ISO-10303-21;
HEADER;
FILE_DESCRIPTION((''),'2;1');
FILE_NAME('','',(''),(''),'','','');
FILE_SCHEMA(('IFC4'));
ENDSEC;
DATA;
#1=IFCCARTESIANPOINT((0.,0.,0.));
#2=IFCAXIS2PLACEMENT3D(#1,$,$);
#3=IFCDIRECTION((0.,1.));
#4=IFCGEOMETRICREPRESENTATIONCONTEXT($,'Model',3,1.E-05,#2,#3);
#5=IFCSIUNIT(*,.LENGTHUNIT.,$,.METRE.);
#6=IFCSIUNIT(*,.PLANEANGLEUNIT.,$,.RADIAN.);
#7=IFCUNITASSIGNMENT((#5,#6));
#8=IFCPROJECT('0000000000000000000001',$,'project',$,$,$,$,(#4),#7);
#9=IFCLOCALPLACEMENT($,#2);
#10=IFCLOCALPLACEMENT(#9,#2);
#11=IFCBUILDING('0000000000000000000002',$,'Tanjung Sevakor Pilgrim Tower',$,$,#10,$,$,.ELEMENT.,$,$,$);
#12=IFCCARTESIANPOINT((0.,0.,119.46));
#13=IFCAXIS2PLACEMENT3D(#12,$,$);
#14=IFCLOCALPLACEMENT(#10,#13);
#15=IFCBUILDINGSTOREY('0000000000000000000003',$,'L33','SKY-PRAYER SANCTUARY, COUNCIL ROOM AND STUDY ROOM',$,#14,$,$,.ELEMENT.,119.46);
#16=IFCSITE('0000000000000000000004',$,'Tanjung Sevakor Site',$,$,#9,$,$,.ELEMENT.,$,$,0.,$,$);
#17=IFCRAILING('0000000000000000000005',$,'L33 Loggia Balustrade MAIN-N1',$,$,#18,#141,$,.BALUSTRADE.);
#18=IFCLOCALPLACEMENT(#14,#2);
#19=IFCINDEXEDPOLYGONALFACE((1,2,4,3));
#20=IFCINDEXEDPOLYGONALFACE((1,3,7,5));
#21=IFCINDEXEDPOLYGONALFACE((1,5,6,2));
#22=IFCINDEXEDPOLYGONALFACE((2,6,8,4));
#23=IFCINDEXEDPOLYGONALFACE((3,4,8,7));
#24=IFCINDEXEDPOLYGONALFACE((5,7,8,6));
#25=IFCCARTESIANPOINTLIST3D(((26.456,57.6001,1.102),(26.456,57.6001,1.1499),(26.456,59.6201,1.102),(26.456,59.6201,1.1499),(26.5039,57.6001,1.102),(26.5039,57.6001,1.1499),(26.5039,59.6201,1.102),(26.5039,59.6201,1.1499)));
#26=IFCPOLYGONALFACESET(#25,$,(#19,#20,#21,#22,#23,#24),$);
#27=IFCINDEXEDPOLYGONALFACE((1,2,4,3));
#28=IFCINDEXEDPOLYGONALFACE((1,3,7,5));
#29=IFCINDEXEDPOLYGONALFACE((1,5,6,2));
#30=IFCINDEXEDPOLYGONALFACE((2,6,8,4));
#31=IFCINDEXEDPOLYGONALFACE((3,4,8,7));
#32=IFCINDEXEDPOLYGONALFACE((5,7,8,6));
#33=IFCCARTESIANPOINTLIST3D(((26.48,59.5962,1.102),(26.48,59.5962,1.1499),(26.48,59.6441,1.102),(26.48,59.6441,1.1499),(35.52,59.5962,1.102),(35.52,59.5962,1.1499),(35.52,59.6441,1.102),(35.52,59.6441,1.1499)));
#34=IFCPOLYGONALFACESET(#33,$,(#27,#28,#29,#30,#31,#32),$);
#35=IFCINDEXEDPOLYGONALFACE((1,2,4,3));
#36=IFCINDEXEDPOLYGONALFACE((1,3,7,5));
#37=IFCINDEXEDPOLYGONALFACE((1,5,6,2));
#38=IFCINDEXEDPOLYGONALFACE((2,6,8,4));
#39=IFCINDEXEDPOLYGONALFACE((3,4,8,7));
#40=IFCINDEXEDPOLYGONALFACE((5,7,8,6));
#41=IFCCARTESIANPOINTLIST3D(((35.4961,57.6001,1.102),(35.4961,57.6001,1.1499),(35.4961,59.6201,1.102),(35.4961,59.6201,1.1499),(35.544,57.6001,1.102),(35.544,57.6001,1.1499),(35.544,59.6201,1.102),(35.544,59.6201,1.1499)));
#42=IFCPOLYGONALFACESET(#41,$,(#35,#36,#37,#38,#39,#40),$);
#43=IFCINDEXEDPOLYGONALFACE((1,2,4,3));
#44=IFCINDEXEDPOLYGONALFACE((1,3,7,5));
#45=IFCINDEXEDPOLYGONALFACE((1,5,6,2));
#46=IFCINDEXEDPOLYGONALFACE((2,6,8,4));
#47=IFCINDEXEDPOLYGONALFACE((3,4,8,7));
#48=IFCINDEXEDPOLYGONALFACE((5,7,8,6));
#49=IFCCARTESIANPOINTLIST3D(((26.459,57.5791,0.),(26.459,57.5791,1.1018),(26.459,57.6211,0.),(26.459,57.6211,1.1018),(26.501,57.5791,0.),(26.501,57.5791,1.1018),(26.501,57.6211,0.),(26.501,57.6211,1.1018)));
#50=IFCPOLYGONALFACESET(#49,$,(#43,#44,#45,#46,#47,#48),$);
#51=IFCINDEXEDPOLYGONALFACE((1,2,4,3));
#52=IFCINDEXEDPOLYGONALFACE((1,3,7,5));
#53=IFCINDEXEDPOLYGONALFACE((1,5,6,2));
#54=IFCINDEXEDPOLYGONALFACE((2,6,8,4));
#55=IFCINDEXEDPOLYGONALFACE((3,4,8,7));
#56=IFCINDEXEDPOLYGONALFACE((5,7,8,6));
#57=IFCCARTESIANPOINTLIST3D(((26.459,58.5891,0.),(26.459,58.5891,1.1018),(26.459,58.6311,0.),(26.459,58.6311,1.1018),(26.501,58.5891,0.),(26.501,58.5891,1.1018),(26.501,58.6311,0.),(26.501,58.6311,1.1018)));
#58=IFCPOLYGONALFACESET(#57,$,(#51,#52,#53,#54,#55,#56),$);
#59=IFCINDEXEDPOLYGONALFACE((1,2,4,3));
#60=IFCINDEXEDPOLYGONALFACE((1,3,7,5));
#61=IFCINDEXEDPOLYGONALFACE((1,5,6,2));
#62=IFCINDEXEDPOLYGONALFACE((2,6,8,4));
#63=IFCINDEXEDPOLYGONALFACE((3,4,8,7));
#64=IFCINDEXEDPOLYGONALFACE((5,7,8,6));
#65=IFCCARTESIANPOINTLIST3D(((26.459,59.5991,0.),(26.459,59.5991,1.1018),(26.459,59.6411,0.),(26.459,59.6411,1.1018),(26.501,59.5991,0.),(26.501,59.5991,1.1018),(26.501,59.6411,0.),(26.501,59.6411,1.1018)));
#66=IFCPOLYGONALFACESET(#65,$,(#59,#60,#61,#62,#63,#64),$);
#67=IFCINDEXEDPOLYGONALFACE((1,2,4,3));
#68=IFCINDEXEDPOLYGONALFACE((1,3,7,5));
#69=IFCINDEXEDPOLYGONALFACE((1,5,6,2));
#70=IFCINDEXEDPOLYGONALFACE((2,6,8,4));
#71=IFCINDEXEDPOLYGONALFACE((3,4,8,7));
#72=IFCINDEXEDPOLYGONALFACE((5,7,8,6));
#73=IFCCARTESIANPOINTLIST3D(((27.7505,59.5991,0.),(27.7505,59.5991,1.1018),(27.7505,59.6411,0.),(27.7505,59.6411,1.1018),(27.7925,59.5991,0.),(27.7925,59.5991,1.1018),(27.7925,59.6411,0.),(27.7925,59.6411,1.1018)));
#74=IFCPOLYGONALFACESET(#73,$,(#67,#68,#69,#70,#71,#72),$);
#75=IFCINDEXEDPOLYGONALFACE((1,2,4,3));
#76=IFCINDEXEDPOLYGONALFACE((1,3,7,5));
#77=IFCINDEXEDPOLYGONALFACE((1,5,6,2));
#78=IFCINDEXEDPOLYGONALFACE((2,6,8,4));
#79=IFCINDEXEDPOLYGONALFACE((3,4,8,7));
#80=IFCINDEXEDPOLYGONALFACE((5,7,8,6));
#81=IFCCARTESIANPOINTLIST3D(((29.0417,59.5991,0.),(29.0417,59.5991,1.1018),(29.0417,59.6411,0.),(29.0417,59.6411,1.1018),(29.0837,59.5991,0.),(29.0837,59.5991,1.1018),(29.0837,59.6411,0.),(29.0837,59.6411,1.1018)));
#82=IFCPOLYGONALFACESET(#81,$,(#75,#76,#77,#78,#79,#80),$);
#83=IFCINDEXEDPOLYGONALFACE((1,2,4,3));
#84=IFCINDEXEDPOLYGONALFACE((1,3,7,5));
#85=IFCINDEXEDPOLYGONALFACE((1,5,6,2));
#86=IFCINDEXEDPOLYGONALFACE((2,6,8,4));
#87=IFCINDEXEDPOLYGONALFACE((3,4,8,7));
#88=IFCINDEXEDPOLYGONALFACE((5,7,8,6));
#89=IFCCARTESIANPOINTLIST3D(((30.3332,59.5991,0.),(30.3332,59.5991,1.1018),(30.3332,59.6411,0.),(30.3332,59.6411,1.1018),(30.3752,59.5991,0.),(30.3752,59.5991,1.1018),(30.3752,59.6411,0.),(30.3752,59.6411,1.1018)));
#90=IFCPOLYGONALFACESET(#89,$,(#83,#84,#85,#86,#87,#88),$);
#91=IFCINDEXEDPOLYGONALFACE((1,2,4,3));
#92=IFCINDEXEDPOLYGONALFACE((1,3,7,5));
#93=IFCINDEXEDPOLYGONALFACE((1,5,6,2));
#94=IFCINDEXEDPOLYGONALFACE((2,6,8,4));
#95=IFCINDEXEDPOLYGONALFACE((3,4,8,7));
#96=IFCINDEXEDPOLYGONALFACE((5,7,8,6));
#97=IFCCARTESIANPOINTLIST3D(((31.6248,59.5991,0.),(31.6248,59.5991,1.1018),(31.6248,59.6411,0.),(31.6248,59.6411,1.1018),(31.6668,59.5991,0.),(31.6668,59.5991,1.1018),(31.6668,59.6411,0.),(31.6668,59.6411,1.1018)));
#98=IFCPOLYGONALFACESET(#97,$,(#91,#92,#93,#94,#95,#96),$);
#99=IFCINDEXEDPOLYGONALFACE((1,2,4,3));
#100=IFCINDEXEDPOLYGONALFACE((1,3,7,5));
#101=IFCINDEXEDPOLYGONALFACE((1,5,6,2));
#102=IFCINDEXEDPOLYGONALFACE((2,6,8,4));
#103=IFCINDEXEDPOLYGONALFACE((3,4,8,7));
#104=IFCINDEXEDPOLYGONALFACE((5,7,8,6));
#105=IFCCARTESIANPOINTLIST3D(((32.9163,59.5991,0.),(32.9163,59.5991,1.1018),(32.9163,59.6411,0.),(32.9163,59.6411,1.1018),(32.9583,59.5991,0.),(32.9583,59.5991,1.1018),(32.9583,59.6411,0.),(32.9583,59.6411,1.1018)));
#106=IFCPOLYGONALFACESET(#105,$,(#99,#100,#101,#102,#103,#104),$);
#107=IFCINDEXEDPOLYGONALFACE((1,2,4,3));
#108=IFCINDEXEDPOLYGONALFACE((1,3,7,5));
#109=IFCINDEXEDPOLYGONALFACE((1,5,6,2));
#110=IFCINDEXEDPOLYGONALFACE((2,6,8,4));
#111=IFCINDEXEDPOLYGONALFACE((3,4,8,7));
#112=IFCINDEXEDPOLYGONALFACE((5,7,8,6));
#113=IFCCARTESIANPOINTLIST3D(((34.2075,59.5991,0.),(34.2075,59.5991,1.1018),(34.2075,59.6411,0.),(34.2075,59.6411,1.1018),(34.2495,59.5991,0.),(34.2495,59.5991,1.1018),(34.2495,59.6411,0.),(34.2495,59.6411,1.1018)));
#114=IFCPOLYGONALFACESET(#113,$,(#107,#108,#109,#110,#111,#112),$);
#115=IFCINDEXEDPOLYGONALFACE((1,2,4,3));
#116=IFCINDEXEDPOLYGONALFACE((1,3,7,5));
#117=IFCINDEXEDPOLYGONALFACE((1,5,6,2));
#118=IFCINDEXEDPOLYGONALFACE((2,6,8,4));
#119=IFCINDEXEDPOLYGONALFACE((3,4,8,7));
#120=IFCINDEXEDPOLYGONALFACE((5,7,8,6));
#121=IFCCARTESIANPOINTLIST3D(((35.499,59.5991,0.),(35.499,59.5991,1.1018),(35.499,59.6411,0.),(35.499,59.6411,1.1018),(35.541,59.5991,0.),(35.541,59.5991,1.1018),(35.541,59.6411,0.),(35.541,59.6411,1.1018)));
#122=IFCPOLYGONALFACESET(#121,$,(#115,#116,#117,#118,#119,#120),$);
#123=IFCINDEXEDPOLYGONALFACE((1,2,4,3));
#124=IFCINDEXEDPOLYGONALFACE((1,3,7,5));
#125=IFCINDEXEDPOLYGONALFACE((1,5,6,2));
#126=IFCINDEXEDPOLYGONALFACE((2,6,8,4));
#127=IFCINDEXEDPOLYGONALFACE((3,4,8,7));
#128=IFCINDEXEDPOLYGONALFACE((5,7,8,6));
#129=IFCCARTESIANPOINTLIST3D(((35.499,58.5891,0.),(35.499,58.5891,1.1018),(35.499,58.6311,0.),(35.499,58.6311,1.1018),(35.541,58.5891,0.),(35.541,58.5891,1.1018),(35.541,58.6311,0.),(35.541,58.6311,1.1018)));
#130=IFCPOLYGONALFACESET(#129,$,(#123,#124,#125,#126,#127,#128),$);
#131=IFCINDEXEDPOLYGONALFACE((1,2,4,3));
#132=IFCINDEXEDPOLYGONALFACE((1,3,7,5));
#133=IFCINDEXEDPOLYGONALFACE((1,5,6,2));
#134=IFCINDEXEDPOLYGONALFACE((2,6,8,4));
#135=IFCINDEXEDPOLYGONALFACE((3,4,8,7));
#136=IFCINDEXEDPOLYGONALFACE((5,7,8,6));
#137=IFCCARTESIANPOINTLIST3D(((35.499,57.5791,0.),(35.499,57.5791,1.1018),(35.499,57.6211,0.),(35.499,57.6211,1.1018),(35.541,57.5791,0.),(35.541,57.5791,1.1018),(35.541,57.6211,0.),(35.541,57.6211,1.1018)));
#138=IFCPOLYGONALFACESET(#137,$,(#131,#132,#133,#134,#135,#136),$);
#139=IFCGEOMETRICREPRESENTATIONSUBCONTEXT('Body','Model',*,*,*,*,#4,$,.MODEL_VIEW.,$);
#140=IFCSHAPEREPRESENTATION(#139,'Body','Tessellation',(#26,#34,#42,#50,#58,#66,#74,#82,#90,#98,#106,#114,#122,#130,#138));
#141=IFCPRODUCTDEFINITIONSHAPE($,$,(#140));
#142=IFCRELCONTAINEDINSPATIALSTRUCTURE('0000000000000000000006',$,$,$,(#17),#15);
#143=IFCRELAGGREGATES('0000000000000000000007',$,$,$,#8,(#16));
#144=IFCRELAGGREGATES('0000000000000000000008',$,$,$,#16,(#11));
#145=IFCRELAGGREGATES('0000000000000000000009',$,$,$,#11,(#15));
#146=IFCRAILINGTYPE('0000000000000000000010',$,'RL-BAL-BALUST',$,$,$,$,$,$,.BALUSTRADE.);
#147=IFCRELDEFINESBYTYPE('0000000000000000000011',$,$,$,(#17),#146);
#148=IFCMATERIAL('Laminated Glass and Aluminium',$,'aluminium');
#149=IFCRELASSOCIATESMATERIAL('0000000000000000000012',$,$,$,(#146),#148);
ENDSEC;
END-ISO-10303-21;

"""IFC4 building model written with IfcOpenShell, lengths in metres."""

from ifc_helpers import new_model, si_unit, direction, frame, origin, place, context, subcontext, project, spatial, rectangle, extrude, material, type_object, element, save


model = new_model("IFC4")

# Units and contexts
model_context = context("Model", 3, precision=1e-05, world=origin(), true_north=direction((0.0, 1.0)))
body_context = subcontext(model_context, "Body", "Model", "MODEL_VIEW")
ifc_project = project(units=[si_unit("LENGTHUNIT", "METRE"), si_unit("PLANEANGLEUNIT", "RADIAN")], contexts=[model_context])

# Site, building, storey
site_placement = place(None, origin())
site = spatial("IfcSite", under=ifc_project, at=site_placement, Name="Tanjung Sevakor Site", CompositionType="ELEMENT", RefElevation=0.0)
building_placement = place(site_placement, origin())
building = spatial("IfcBuilding", under=site, at=building_placement, Name="Tanjung Sevakor Pilgrim Tower", CompositionType="ELEMENT")
storey_placement = place(building_placement, frame((0.0, 0.0, 119.46)))
storey = spatial("IfcBuildingStorey", under=building, at=storey_placement, Name="L33", Description="SKY-PRAYER SANCTUARY, COUNCIL ROOM AND STUDY ROOM", CompositionType="ELEMENT", Elevation=119.46)

# Railing
ifc_material_1 = material(Name="Laminated Glass and Aluminium", Category="aluminium")
railing_type_1 = type_object("IfcRailingType", Name="RL-BAL-BALUST", PredefinedType="BALUSTRADE", material=ifc_material_1)
railing_1_placement = place(storey_placement, frame((26.48, 57.6001, 0.0)))
element("IfcRailing", 1, at=railing_1_placement, inside=storey, type_object=railing_type_1, Name="L33 Loggia Balustrade MAIN-N1", PredefinedType="BALUSTRADE", context=body_context, shape_type="SweptSolid", body=[
    extrude(rectangle(XDim=0.0479, YDim=0.0479), frame((0.0, 0.0, 1.126), z_axis=(0.0, 1.0, 0.0), x_axis=(-1.0, 0.0, 0.0)), (0.0, 0.0, 1.0), 2.02),
    extrude(rectangle(XDim=0.0479, YDim=0.0479), frame((0.0, 2.02, 1.126), z_axis=(1.0, 0.0, 0.0), x_axis=(0.0, 1.0, 0.0)), (0.0, 0.0, 1.0), 9.04),
    extrude(rectangle(XDim=0.0479, YDim=0.0479), frame((9.04, 2.02, 1.126), z_axis=(0.0, -1.0, 0.0), x_axis=(1.0, 0.0, 0.0)), (0.0, 0.0, 1.0), 2.02),
    extrude(rectangle(XDim=0.042, YDim=0.042), origin(), (0.0, 0.0, 1.0), 1.1018),
    extrude(rectangle(XDim=0.042, YDim=0.042), frame((0.0, 1.01, 0.0)), (0.0, 0.0, 1.0), 1.1018),
    extrude(rectangle(XDim=0.042, YDim=0.042), frame((0.0, 2.02, 0.0)), (0.0, 0.0, 1.0), 1.1018),
    extrude(rectangle(XDim=0.042, YDim=0.042), frame((1.2915, 2.02, 0.0)), (0.0, 0.0, 1.0), 1.1018),
    extrude(rectangle(XDim=0.042, YDim=0.042), frame((2.5828, 2.02, 0.0)), (0.0, 0.0, 1.0), 1.1018),
    extrude(rectangle(XDim=0.042, YDim=0.042), frame((3.8743, 2.02, 0.0)), (0.0, 0.0, 1.0), 1.1018),
    extrude(rectangle(XDim=0.042, YDim=0.042), frame((5.1658, 2.02, 0.0)), (0.0, 0.0, 1.0), 1.1018),
    extrude(rectangle(XDim=0.042, YDim=0.042), frame((6.4573, 2.02, 0.0)), (0.0, 0.0, 1.0), 1.1018),
    extrude(rectangle(XDim=0.042, YDim=0.042), frame((7.7485, 2.02, 0.0)), (0.0, 0.0, 1.0), 1.1018),
    extrude(rectangle(XDim=0.042, YDim=0.042), frame((9.04, 2.02, 0.0)), (0.0, 0.0, 1.0), 1.1018),
    extrude(rectangle(XDim=0.042, YDim=0.042), frame((9.04, 1.01, 0.0)), (0.0, 0.0, 1.0), 1.1018),
    extrude(rectangle(XDim=0.042, YDim=0.042), frame((9.04, 0.0, 0.0)), (0.0, 0.0, 1.0), 1.1018),
])

save(model, "model.ifc")
